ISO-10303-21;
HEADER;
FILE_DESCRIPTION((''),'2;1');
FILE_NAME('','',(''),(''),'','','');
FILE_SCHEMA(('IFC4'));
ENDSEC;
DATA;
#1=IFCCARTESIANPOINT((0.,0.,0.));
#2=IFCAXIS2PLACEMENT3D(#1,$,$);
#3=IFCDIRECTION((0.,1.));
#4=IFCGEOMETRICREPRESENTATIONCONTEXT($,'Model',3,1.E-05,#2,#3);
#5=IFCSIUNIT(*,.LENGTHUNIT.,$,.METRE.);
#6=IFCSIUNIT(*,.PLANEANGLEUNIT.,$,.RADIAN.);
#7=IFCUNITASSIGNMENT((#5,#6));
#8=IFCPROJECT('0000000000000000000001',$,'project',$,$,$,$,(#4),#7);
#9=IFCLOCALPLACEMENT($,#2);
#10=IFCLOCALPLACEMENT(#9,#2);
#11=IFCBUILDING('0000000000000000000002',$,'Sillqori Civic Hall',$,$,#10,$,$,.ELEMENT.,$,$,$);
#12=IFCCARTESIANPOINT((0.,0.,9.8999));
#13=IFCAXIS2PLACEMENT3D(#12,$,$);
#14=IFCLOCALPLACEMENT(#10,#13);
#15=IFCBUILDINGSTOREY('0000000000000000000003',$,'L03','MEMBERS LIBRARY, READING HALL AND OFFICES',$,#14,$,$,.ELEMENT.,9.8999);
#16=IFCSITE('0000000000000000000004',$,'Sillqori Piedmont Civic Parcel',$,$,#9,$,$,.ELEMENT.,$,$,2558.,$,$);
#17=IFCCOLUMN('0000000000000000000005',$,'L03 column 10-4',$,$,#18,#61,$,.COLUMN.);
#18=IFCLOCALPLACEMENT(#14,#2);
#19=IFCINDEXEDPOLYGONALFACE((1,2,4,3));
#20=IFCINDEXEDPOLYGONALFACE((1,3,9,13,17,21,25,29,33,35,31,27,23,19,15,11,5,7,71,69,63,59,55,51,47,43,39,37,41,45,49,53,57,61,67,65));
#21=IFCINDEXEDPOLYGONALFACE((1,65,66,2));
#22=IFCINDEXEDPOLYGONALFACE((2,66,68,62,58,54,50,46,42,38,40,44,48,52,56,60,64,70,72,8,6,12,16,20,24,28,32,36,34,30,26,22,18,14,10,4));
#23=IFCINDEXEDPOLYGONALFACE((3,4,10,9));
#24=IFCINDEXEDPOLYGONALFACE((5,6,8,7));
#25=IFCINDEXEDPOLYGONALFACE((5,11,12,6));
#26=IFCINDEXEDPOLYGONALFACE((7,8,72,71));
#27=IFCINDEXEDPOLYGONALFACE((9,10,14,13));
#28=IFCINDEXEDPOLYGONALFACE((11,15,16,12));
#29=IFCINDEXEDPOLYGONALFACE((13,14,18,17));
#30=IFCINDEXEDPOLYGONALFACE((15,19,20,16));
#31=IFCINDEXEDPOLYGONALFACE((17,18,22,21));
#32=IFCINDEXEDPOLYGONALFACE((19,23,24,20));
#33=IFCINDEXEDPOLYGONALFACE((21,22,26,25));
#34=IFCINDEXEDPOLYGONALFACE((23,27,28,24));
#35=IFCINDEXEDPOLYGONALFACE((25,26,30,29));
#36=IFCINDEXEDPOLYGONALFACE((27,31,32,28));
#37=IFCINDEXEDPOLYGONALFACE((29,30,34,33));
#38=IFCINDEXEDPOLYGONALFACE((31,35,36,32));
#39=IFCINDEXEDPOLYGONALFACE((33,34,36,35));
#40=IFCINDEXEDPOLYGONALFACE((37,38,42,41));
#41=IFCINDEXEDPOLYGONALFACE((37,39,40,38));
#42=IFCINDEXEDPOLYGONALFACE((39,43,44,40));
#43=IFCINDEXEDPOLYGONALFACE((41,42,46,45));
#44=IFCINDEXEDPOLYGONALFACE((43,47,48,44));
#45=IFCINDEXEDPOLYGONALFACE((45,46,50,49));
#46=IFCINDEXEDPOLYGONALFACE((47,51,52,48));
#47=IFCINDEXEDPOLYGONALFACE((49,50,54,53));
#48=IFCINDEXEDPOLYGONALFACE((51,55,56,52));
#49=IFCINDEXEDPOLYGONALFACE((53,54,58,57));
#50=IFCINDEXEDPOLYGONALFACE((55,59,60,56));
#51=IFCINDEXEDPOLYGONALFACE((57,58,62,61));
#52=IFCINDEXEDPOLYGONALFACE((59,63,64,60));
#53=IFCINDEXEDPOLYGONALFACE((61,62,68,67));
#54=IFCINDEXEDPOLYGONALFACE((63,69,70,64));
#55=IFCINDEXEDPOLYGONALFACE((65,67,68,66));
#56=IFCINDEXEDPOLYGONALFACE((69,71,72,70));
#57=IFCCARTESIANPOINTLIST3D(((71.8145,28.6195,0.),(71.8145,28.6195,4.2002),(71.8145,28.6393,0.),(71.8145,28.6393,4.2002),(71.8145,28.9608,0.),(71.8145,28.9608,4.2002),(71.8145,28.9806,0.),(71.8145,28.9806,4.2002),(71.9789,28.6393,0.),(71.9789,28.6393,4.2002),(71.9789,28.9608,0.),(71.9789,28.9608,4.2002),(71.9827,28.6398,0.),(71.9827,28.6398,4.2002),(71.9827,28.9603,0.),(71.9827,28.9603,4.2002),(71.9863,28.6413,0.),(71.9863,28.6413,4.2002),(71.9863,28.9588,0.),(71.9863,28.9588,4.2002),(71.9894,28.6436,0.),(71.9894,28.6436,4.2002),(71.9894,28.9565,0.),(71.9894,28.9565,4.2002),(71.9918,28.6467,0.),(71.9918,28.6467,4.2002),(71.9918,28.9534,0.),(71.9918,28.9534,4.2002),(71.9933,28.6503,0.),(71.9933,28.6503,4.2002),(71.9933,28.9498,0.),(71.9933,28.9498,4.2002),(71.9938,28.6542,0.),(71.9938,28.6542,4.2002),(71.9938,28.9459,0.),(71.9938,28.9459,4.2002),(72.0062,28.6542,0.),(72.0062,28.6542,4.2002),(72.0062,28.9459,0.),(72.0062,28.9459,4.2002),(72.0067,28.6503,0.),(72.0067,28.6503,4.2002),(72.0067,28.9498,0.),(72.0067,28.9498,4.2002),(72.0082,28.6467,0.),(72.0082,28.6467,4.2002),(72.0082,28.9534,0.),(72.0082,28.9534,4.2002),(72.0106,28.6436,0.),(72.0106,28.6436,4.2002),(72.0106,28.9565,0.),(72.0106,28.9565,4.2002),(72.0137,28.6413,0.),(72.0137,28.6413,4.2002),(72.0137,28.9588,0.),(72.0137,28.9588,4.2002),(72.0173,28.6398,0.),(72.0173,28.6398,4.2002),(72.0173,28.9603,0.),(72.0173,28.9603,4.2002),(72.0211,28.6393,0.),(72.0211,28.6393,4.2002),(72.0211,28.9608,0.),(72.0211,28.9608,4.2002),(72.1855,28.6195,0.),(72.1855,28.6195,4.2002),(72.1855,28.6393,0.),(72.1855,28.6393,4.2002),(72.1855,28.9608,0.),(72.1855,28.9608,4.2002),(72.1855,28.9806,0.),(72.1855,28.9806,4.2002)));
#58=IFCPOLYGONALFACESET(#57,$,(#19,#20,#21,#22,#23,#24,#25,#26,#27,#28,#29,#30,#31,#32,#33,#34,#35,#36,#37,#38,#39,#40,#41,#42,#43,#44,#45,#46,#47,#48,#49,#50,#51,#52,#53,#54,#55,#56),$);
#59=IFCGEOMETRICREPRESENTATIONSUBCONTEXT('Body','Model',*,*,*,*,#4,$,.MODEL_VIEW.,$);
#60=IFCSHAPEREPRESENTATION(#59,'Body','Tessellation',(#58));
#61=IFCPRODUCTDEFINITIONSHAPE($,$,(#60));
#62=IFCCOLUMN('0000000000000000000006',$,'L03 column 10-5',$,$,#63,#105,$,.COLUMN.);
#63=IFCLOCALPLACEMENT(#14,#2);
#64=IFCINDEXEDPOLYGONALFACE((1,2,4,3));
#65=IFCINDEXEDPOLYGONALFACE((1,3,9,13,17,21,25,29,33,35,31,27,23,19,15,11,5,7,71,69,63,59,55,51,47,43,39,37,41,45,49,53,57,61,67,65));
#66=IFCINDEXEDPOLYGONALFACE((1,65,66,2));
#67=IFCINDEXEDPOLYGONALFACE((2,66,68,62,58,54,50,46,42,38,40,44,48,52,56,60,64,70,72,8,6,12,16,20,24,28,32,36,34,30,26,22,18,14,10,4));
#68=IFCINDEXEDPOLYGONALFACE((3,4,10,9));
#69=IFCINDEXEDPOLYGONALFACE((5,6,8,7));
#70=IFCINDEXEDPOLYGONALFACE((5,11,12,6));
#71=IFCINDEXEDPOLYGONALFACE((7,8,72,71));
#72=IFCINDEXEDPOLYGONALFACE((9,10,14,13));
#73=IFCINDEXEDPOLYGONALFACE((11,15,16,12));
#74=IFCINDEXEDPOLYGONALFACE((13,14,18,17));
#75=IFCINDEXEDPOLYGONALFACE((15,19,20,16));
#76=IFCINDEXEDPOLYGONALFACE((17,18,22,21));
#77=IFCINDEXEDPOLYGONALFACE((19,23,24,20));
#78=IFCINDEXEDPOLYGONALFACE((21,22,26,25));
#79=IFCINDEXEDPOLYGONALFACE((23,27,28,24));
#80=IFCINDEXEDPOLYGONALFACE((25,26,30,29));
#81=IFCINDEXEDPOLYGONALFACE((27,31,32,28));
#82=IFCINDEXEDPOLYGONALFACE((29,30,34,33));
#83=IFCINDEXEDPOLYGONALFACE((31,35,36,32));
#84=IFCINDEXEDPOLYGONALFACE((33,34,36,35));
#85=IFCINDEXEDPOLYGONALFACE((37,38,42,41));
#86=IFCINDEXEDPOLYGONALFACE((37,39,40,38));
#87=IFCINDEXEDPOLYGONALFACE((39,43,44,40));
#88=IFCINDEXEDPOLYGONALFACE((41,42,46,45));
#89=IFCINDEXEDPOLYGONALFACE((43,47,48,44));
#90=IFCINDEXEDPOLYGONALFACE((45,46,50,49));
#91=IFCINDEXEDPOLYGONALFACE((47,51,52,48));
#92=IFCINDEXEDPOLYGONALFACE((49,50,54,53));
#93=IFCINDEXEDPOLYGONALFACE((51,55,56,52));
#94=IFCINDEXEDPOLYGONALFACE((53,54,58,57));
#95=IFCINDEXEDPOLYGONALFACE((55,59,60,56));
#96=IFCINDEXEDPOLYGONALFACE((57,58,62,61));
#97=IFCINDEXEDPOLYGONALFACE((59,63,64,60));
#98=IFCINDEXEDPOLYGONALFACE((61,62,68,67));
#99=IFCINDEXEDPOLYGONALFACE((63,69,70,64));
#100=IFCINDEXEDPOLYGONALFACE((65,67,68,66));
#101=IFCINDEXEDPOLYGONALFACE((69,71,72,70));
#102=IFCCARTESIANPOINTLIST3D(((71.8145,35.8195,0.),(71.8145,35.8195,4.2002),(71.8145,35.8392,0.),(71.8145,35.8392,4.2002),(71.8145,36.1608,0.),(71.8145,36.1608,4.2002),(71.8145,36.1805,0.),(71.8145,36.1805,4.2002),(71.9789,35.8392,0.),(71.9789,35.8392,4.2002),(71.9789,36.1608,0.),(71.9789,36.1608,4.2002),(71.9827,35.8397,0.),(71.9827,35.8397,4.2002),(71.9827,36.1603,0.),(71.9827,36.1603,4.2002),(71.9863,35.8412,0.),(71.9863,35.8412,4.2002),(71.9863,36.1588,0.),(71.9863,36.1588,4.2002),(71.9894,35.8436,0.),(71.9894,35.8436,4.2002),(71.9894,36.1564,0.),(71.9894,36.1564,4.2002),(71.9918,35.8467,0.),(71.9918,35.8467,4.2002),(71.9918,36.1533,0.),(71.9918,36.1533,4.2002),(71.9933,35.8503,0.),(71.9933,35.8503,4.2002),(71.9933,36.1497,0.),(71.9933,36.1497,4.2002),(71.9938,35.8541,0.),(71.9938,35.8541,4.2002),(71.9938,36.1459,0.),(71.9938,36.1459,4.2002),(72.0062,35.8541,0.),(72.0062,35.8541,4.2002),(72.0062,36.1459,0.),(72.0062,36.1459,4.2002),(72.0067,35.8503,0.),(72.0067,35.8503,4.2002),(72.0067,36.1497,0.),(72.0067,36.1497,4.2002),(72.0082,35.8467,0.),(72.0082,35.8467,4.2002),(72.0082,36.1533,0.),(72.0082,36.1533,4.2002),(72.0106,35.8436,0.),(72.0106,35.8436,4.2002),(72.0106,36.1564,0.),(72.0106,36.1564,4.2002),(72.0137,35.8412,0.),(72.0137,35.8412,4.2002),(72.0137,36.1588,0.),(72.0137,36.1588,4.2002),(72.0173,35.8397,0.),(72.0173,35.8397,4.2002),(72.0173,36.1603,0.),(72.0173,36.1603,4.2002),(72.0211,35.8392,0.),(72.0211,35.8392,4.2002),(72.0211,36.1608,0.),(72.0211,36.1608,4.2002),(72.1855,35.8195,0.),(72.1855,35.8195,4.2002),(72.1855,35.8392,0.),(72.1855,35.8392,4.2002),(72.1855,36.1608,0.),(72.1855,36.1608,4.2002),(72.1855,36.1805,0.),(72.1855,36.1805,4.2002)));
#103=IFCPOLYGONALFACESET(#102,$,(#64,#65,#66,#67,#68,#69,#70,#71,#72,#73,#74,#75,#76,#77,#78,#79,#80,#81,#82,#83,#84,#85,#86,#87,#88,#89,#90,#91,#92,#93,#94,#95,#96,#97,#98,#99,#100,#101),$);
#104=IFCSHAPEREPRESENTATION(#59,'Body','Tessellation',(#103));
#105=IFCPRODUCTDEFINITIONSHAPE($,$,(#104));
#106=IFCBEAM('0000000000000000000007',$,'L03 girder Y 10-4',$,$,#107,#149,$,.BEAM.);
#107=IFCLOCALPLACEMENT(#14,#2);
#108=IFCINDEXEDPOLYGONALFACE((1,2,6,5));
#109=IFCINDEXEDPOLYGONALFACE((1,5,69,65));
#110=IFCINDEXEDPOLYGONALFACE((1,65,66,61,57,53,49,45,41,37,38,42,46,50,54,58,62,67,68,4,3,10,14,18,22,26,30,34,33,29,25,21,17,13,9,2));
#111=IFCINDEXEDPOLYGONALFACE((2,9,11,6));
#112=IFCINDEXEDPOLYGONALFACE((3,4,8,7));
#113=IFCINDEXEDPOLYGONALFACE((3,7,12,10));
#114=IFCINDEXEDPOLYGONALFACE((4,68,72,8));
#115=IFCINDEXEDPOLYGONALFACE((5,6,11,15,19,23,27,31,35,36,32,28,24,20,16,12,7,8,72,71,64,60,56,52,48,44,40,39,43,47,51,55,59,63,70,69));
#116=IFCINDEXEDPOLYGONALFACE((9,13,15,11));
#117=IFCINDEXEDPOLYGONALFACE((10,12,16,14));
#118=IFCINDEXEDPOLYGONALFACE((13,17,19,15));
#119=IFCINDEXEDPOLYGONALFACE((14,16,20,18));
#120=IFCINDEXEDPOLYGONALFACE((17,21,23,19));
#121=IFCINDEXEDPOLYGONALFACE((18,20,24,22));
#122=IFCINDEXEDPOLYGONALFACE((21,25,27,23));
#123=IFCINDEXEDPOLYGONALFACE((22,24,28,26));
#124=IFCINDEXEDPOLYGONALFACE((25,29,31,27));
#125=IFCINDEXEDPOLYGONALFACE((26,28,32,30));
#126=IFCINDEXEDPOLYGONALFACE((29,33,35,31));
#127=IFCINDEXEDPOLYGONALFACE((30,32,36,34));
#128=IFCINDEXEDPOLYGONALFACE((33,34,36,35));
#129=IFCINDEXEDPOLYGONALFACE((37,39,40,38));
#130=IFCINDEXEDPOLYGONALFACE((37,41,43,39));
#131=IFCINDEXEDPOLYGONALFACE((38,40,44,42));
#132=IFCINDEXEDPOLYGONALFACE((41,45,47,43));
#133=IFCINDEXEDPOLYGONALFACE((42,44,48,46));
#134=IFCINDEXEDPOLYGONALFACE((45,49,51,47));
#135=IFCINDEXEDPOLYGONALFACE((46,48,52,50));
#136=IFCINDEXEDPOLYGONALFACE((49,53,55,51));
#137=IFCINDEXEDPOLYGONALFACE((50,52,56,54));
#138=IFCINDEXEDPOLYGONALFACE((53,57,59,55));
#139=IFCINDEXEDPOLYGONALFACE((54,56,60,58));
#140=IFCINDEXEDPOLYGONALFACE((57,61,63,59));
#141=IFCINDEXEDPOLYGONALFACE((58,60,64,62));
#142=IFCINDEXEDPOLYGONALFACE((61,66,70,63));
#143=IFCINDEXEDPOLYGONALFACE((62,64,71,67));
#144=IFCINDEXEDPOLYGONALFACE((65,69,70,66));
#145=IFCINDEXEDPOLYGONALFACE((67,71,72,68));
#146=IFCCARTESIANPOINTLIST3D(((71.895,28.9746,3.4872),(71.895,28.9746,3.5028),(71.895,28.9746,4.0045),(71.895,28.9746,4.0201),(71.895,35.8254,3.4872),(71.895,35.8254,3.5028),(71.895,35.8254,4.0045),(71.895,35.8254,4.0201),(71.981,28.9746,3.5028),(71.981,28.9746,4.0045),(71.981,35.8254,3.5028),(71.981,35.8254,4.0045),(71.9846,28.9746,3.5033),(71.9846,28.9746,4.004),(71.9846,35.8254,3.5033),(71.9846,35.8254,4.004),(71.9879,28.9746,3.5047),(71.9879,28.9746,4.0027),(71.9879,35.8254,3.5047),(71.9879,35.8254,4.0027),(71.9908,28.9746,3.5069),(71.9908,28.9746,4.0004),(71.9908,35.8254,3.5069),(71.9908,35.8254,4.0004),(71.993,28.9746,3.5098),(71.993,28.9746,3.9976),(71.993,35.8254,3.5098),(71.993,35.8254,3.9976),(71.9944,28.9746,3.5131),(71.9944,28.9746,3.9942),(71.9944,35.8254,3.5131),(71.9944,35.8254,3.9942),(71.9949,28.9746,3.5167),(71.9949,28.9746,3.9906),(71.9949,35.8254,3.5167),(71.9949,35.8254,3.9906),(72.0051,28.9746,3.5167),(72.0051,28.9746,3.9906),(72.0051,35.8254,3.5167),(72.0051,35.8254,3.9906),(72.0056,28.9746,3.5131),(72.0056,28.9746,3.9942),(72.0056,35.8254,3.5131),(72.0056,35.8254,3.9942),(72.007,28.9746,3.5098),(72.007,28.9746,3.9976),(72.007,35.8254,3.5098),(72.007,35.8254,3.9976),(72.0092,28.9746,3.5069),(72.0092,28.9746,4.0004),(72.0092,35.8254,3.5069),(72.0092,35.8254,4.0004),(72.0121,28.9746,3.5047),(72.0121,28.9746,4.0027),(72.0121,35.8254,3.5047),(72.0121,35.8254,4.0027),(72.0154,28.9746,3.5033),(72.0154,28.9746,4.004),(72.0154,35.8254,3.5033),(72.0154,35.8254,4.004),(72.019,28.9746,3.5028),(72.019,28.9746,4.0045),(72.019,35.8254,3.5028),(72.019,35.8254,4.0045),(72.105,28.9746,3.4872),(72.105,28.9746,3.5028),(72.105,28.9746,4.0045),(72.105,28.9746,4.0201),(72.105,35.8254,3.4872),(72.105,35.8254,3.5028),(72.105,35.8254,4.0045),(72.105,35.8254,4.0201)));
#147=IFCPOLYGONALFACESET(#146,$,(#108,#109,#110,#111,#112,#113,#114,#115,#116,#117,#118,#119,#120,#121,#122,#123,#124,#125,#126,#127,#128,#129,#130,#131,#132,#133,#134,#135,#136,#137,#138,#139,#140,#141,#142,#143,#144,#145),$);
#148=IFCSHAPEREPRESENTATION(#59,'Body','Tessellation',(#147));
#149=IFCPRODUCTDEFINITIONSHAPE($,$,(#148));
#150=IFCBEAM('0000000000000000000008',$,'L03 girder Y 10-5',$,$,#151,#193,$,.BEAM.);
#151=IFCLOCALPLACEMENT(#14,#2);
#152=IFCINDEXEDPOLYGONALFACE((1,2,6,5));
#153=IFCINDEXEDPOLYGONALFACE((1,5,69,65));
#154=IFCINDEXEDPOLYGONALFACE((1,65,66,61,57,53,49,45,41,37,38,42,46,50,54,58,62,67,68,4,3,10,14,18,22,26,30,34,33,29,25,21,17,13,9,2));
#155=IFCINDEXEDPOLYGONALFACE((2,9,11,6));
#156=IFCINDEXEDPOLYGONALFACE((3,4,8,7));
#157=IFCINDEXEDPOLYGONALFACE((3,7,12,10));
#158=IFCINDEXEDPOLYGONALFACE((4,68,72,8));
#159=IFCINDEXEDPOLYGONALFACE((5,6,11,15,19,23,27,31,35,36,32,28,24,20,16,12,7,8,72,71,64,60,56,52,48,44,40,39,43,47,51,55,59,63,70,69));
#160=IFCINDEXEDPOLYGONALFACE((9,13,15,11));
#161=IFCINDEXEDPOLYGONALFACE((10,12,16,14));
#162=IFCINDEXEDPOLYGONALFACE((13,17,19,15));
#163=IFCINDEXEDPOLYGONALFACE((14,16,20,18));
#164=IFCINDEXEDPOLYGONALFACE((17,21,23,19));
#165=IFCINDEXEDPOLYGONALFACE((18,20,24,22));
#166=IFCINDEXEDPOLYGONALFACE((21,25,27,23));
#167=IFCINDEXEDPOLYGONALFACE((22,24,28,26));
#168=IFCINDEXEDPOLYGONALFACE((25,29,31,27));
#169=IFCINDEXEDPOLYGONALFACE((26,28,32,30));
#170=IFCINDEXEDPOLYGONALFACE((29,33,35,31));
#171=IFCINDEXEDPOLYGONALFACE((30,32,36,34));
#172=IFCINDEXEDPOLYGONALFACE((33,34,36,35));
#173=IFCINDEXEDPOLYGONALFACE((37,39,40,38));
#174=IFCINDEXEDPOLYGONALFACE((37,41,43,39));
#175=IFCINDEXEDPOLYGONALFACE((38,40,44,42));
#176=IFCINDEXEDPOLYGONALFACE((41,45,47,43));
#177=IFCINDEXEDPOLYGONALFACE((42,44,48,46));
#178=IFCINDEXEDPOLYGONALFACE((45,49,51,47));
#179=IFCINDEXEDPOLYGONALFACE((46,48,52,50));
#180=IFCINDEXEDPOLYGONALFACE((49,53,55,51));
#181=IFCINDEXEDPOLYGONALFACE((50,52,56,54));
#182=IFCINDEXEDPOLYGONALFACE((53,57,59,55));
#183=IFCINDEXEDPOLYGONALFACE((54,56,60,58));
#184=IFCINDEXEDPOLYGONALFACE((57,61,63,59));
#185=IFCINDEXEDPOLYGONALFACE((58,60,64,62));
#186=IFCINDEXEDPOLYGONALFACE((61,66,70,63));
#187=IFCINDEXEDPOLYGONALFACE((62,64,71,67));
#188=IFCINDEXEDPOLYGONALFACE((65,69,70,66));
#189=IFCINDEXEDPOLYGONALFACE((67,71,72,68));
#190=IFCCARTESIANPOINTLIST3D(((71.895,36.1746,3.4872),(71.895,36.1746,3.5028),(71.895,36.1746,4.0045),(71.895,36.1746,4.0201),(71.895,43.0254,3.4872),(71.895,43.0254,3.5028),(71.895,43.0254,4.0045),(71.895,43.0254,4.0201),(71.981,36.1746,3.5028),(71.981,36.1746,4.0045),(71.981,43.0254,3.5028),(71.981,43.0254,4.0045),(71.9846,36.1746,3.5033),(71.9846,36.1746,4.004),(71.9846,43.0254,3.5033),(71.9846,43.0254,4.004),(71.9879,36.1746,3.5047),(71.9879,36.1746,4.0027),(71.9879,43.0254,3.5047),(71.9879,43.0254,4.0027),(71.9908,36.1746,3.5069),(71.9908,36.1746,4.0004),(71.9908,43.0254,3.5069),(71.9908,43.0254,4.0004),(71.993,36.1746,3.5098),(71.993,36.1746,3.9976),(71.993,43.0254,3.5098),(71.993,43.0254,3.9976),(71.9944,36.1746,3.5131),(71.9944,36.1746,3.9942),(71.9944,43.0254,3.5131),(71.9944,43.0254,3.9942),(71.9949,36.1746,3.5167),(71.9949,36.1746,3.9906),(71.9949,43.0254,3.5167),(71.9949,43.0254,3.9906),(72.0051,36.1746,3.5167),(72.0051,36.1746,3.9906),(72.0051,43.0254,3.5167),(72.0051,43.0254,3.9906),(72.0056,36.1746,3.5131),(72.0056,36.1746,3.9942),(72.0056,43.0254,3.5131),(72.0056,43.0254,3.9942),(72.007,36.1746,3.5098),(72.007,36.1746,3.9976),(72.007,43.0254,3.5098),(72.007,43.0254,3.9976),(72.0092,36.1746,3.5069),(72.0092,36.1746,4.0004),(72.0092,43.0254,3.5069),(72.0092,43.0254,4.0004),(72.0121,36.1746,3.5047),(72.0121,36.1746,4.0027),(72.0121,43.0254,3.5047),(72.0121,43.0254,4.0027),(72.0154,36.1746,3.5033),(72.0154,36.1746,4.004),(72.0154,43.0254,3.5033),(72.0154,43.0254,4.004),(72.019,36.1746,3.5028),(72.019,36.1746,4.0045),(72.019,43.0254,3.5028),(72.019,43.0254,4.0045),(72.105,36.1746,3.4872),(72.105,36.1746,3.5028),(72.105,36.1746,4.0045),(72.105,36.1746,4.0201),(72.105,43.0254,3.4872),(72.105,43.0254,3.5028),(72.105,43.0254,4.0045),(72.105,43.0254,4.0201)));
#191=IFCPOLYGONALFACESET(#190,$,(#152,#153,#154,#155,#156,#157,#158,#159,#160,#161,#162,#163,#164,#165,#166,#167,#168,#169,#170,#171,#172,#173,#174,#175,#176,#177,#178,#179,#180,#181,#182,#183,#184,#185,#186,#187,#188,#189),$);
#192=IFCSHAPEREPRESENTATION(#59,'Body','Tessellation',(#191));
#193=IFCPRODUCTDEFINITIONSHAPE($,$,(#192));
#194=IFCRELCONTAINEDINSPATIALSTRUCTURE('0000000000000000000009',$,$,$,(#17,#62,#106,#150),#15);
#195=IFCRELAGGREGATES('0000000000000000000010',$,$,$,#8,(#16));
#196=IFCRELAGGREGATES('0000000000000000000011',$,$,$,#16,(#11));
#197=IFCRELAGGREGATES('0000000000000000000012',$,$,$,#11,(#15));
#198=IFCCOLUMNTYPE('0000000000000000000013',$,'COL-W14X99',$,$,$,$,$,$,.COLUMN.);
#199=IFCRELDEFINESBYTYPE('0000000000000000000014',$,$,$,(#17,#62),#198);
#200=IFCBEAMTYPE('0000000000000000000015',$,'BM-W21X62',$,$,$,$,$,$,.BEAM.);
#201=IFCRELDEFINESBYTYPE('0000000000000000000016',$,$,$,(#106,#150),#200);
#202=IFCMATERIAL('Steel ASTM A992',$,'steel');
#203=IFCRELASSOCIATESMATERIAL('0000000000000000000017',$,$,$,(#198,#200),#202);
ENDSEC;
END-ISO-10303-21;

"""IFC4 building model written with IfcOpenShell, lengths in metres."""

from ifc_helpers import new_model, si_unit, direction, frame, origin, origin_2d, place, context, subcontext, project, spatial, i_section, extrude, material, material_profile, profile_set, type_object, element, save


model = new_model("IFC4")

# Units and contexts
model_context = context("Model", 3, precision=1e-05, world=origin(), true_north=direction((0.0, 1.0)))
body_context = subcontext(model_context, "Body", "Model", "MODEL_VIEW")
ifc_project = project(units=[si_unit("LENGTHUNIT", "METRE"), si_unit("PLANEANGLEUNIT", "RADIAN")], contexts=[model_context])

# Site, building, storey
site_placement = place(None, origin())
site = spatial("IfcSite", under=ifc_project, at=site_placement, Name="Sillqori Piedmont Civic Parcel", CompositionType="ELEMENT", RefElevation=2558.0)
building_placement = place(site_placement, origin())
building = spatial("IfcBuilding", under=site, at=building_placement, Name="Sillqori Civic Hall", CompositionType="ELEMENT")
storey_placement = place(building_placement, frame((0.0, 0.0, 9.8999)))
storey = spatial("IfcBuildingStorey", under=building, at=storey_placement, Name="L03", Description="MEMBERS LIBRARY, READING HALL AND OFFICES", CompositionType="ELEMENT", Elevation=9.8999)

# Columns
ifc_material_1 = material(Name="Steel ASTM A992", Category="steel")
ifc_material_profile_1 = material_profile(ifc_material_1, i_section(OverallWidth=0.3711, OverallDepth=0.3611, WebThickness=0.0125, FlangeThickness=0.0198, FilletRadius=0.0149, at=origin_2d()), Name="W14X99")
ifc_profile_set_1 = profile_set([ifc_material_profile_1], Name="Steel ASTM A992")
column_type = type_object("IfcColumnType", Name="COL-W14X99", PredefinedType="COLUMN", material=ifc_profile_set_1)
for number, where, z_axis, x_axis, name in (
    (1, (72.0, 28.8, 0.0), (0.0, 0.0, 1.0), (1.0, 0.0, 0.0), "L03 column 10-4"),
    (2, (72.0, 36.0, 0.0), (0.0, 0.0, 1.0), (1.0, 0.0, 0.0), "L03 column 10-5"),
):
    element("IfcColumn", number, at=place(storey_placement, frame(where, z_axis=z_axis, x_axis=x_axis)), inside=storey, type_object=column_type, Name=name, PredefinedType="COLUMN", context=body_context, shape_type="SweptSolid", body=[
        extrude(i_section(OverallWidth=0.3711, OverallDepth=0.3611, WebThickness=0.0125, FlangeThickness=0.0198, FilletRadius=0.0149, at=origin_2d()), origin(), (0.0, 0.0, 1.0), 4.2002),
    ])

# Beams
ifc_material_profile_2 = material_profile(ifc_material_1, i_section(OverallWidth=0.21, OverallDepth=0.533, WebThickness=0.0103, FlangeThickness=0.0156, FilletRadius=0.0139, at=origin_2d()), Name="W21X62")
ifc_profile_set_2 = profile_set([ifc_material_profile_2], Name="Steel ASTM A992")
beam_type_1 = type_object("IfcBeamType", Name="BM-W21X62", PredefinedType="BEAM", material=ifc_profile_set_2)
for number, where, z_axis, x_axis, name in (
    (3, (72.0, 28.9746, 3.7537), (0.0, 1.0, 0.0), (-1.0, 0.0, 0.0), "L03 girder Y 10-4"),
    (4, (72.0, 36.1746, 3.7537), (0.0, 1.0, 0.0), (-1.0, 0.0, 0.0), "L03 girder Y 10-5"),
):
    element("IfcBeam", number, at=place(storey_placement, frame(where, z_axis=z_axis, x_axis=x_axis)), inside=storey, type_object=beam_type_1, Name=name, PredefinedType="BEAM", context=body_context, shape_type="SweptSolid", body=[
        extrude(i_section(OverallWidth=0.21, OverallDepth=0.533, WebThickness=0.0103, FlangeThickness=0.0156, FilletRadius=0.0139, at=origin_2d()), origin(), (0.0, 0.0, 1.0), 6.8508),
    ])

save(model, "model.ifc")
